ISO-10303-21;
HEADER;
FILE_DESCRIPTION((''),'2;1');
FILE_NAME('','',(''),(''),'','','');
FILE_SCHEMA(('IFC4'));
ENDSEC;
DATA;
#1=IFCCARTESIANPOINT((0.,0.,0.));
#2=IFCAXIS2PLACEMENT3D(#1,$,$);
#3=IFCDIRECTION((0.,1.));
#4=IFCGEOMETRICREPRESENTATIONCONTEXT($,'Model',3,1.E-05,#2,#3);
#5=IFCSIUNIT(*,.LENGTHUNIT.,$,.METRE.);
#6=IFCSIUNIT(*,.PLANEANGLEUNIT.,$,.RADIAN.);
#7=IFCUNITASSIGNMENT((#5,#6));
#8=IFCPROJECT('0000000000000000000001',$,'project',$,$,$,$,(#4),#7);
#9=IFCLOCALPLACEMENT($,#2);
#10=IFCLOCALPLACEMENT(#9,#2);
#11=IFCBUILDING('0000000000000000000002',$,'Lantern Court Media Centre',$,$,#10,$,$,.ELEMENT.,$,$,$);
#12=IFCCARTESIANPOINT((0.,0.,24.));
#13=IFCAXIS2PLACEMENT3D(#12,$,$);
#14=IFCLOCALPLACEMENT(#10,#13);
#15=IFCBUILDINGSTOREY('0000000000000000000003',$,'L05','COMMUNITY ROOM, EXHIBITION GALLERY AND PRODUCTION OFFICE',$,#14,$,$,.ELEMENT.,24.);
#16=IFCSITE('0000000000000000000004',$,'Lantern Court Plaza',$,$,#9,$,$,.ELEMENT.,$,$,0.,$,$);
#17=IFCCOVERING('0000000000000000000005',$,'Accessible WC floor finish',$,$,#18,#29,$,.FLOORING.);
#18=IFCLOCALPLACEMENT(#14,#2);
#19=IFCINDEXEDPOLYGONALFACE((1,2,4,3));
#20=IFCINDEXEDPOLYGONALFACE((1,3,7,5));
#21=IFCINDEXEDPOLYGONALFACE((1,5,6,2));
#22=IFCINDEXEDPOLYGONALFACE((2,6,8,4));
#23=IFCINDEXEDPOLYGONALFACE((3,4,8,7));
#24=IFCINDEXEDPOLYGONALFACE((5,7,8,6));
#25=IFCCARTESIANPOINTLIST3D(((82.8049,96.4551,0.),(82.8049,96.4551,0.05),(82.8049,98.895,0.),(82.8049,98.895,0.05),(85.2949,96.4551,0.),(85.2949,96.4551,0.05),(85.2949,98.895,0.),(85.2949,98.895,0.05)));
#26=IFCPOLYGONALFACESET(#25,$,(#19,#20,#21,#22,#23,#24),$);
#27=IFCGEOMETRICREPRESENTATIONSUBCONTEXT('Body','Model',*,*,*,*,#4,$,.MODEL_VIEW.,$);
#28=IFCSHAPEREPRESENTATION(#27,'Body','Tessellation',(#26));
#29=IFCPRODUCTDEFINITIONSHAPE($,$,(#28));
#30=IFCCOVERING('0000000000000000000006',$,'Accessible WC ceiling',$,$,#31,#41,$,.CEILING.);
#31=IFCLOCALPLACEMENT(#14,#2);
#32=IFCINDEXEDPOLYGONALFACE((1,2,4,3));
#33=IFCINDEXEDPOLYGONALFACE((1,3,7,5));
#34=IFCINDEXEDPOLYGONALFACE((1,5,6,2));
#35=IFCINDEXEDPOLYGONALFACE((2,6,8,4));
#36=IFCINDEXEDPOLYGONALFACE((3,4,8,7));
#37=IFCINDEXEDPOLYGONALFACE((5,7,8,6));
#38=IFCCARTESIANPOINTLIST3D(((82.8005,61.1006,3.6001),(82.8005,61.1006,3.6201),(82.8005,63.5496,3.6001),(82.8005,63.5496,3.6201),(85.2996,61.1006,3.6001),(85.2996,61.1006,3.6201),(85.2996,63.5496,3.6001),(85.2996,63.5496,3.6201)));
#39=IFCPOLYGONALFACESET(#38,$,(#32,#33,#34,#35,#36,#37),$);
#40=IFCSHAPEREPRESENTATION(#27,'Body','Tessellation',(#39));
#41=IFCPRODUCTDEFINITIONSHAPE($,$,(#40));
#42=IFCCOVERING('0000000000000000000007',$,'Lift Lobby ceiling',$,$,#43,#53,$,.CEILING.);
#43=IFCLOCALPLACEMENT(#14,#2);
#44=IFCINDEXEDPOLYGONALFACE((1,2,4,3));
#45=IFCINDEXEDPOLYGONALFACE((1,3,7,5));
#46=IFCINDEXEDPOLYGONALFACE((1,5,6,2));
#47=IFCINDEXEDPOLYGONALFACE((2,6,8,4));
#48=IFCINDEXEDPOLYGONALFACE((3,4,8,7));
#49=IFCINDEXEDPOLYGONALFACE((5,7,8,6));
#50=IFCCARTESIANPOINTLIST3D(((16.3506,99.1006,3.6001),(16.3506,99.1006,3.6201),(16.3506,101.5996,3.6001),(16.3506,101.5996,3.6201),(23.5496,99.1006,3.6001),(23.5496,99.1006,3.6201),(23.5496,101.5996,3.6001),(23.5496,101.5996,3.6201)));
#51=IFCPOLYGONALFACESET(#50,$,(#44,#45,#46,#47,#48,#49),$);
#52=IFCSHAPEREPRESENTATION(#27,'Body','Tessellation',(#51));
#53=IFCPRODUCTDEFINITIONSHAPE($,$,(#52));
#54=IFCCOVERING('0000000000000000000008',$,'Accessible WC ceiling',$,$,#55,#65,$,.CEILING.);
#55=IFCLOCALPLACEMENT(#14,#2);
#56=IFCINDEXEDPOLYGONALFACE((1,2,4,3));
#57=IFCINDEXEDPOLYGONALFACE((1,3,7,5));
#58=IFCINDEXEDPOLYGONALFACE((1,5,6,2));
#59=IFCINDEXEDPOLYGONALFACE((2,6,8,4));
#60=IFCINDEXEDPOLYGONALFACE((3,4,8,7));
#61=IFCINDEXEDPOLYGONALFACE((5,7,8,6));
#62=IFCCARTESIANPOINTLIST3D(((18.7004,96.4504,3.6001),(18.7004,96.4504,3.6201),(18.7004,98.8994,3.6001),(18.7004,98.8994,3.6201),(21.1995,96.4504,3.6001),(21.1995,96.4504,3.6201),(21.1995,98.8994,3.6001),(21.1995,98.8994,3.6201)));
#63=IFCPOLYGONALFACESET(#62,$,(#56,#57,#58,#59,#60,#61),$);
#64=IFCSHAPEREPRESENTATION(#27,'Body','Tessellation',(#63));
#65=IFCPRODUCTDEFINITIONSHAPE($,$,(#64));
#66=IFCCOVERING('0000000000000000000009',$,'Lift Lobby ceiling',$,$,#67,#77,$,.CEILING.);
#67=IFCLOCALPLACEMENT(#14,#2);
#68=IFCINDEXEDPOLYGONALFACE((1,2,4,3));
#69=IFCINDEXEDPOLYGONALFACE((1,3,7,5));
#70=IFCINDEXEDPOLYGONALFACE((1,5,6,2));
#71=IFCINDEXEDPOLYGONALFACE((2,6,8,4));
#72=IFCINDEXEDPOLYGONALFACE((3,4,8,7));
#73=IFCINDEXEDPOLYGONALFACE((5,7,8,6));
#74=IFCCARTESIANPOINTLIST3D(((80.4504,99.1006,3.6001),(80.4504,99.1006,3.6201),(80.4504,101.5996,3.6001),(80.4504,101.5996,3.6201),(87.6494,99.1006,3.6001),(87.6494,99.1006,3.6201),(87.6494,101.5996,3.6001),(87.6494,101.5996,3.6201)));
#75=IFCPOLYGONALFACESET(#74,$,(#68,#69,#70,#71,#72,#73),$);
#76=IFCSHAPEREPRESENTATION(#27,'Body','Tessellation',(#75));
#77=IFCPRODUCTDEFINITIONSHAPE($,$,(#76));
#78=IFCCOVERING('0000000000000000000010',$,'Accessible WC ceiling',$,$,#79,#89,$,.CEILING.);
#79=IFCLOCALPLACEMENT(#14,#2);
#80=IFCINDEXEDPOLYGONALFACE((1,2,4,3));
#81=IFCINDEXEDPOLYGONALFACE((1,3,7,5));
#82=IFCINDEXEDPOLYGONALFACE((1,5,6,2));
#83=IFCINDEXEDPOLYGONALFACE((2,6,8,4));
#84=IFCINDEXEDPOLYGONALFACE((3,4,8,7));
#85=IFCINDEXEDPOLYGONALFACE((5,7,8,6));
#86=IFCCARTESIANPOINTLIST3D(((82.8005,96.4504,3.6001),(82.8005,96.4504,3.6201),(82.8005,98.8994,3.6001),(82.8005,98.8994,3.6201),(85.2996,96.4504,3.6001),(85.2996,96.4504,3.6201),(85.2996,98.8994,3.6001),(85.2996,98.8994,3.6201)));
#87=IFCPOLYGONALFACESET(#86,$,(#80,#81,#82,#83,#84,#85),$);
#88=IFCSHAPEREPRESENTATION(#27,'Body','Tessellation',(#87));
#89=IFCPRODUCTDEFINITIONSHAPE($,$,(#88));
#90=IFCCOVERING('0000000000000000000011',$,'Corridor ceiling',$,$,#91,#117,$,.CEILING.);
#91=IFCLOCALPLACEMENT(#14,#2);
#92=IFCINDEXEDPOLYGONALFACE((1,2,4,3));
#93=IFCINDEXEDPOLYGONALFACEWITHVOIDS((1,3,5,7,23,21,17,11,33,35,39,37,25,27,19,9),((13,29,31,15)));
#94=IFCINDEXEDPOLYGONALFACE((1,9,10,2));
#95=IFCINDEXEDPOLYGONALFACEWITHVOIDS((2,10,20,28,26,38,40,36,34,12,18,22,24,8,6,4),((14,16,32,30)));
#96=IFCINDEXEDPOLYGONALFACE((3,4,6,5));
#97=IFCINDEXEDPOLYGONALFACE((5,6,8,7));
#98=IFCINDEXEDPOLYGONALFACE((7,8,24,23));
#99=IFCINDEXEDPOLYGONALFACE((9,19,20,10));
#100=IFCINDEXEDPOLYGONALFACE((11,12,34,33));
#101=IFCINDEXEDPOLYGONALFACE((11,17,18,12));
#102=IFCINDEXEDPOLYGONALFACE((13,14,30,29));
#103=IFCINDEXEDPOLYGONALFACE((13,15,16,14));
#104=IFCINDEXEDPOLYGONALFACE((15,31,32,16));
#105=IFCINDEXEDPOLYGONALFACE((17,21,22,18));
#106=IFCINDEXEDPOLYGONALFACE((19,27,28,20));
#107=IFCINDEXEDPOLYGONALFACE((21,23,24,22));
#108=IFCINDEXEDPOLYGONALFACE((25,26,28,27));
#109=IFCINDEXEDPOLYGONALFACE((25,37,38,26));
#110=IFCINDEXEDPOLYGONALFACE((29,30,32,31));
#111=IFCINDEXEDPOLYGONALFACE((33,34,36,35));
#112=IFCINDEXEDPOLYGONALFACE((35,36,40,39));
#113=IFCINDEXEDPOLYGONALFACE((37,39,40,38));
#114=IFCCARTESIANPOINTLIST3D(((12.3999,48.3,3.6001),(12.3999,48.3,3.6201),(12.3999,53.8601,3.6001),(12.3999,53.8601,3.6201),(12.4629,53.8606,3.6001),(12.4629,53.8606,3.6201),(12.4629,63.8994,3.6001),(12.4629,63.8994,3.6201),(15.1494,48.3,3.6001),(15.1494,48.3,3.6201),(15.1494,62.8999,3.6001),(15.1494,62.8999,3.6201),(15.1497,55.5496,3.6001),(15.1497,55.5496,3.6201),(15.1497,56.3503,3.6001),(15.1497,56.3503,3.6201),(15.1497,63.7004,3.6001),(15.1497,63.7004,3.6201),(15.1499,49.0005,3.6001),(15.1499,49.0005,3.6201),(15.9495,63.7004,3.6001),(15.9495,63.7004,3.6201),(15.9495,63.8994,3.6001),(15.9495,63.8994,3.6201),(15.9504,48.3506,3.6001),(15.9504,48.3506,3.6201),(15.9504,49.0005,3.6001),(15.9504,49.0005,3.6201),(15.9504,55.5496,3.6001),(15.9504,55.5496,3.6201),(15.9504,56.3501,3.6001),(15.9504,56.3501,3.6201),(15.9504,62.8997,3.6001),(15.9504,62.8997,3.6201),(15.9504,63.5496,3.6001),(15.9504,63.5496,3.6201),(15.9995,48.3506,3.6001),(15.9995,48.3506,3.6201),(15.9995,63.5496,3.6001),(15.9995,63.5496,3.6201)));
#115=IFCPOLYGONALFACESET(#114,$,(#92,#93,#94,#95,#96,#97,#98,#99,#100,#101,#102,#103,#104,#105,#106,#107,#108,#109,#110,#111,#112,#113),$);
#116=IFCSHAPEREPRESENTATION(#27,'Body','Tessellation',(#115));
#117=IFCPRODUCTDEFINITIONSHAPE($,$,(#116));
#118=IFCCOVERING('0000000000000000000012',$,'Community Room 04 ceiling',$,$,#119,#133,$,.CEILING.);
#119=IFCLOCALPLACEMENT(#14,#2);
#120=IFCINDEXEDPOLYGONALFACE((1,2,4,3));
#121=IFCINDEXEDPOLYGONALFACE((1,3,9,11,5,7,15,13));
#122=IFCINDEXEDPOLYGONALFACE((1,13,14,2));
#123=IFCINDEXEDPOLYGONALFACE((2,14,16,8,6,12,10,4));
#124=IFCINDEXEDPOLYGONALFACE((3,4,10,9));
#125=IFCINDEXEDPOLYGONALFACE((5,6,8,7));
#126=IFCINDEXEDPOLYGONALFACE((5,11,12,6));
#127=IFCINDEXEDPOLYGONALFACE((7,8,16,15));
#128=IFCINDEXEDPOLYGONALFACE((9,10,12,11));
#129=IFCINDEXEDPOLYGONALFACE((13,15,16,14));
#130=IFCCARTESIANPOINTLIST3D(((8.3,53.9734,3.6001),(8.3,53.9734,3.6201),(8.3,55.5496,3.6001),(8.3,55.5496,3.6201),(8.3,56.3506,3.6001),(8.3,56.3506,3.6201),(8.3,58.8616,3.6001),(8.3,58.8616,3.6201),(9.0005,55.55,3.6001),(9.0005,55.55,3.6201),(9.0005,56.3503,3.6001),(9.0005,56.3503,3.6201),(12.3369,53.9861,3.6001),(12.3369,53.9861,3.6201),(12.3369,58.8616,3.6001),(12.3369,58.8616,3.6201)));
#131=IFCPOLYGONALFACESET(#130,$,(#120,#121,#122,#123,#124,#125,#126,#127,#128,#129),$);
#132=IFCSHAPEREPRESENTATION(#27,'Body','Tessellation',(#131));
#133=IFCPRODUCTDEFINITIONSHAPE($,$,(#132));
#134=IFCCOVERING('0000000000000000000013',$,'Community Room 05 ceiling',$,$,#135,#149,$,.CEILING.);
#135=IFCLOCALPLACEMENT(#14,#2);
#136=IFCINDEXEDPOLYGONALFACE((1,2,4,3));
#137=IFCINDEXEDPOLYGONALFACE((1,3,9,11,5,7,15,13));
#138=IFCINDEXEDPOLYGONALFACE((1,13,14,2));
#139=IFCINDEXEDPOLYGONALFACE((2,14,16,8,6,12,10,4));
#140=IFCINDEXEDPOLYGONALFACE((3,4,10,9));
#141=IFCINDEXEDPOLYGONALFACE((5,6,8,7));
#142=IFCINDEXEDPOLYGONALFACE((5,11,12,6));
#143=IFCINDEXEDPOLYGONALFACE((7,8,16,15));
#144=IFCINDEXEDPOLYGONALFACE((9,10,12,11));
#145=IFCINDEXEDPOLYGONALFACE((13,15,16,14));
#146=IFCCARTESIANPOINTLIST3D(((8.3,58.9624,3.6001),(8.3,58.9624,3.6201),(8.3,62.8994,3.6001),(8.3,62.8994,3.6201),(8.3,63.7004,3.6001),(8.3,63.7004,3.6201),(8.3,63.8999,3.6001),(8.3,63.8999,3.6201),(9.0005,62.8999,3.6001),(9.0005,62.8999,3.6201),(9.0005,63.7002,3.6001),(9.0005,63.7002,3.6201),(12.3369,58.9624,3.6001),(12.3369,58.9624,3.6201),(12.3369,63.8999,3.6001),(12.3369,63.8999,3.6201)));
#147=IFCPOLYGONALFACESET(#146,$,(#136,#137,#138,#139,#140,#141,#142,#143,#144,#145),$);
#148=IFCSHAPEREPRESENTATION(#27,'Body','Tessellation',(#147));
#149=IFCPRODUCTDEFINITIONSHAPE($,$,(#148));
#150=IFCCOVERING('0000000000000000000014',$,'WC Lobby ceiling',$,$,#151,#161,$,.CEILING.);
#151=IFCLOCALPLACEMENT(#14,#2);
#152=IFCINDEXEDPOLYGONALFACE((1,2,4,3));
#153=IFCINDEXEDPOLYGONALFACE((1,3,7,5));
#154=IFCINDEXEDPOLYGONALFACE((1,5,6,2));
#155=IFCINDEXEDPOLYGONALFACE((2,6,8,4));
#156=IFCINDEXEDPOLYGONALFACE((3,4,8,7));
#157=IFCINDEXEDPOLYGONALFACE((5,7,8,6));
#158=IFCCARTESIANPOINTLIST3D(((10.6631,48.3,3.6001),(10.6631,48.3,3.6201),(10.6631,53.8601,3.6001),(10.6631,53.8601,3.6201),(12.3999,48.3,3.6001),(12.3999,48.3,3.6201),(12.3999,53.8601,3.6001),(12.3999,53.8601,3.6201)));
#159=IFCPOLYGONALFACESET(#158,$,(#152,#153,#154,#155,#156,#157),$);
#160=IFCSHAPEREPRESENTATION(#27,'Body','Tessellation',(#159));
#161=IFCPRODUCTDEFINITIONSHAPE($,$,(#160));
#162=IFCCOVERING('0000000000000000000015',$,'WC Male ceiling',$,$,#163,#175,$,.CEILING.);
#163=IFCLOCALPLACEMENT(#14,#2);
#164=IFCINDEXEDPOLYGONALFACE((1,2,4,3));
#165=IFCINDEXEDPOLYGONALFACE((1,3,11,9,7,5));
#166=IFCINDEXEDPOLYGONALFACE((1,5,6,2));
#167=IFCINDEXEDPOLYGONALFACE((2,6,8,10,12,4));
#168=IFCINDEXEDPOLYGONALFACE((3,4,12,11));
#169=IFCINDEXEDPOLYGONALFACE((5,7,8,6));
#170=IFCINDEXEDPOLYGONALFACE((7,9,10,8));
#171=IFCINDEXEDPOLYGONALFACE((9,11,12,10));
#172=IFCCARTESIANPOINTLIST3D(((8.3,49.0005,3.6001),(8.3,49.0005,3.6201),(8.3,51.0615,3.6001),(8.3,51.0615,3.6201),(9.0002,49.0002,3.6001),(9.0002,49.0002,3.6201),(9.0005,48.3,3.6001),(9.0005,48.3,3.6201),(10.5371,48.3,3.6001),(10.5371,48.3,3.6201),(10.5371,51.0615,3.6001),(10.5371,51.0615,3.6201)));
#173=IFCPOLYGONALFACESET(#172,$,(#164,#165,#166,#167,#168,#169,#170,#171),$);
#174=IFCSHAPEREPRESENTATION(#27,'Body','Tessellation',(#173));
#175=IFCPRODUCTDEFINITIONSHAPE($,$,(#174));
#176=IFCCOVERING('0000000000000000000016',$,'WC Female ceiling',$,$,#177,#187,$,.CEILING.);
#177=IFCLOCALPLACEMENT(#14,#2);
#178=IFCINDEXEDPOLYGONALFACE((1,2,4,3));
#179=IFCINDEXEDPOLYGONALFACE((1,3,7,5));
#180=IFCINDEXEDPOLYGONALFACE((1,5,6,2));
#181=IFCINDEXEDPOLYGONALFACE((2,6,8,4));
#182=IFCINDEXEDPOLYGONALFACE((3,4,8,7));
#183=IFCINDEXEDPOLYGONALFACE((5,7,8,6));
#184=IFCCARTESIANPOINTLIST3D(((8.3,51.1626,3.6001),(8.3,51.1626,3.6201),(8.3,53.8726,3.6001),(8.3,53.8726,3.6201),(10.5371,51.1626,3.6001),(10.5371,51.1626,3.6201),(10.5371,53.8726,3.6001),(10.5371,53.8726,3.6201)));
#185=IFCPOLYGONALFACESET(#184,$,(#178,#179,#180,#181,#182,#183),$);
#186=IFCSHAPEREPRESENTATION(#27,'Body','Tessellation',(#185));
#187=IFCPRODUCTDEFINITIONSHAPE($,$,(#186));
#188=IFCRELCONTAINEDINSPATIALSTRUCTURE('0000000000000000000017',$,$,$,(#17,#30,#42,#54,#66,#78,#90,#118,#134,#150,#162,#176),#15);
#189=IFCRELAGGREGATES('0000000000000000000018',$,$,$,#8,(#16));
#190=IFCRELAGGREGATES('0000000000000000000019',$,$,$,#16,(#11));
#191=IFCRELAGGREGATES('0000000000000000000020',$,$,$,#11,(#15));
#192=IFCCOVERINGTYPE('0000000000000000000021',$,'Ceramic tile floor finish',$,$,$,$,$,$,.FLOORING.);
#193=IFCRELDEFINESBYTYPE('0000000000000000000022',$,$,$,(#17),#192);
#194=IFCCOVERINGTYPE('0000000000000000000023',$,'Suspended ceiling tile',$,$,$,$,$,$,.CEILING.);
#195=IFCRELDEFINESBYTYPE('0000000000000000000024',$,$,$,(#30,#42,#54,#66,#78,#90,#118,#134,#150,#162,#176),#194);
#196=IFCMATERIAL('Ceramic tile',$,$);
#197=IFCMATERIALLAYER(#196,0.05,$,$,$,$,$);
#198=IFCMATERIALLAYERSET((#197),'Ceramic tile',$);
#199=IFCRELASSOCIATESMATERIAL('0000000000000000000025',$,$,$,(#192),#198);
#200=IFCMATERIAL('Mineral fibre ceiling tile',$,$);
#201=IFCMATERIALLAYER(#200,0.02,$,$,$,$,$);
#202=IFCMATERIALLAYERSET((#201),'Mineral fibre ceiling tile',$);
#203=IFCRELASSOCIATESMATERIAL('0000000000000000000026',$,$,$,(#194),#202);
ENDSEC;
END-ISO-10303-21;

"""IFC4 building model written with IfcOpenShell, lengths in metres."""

from ifc_helpers import new_model, si_unit, direction, frame, origin, place, context, subcontext, project, spatial, polyline, outline, extrude, material, layer, layer_set, type_object, element, save


model = new_model("IFC4")

# Units and contexts
model_context = context("Model", 3, precision=1e-05, world=origin(), true_north=direction((0.0, 1.0)))
body_context = subcontext(model_context, "Body", "Model", "MODEL_VIEW")
ifc_project = project(units=[si_unit("LENGTHUNIT", "METRE"), si_unit("PLANEANGLEUNIT", "RADIAN")], contexts=[model_context])

# Site, building, storey
site_placement = place(None, origin())
site = spatial("IfcSite", under=ifc_project, at=site_placement, Name="Lantern Court Plaza", CompositionType="ELEMENT", RefElevation=0.0)
building_placement = place(site_placement, origin())
building = spatial("IfcBuilding", under=site, at=building_placement, Name="Lantern Court Media Centre", CompositionType="ELEMENT")
storey_placement = place(building_placement, frame((0.0, 0.0, 24.0)))
storey = spatial("IfcBuildingStorey", under=building, at=storey_placement, Name="L05", Description="COMMUNITY ROOM, EXHIBITION GALLERY AND PRODUCTION OFFICE", CompositionType="ELEMENT", Elevation=24.0)

# Coverings
ifc_material_1 = material(Name="Ceramic tile")
ifc_layer_1 = layer(ifc_material_1, 0.05)
ifc_layer_set_1 = layer_set([ifc_layer_1], Name="Ceramic tile")
covering_type_1 = type_object("IfcCoveringType", Name="Ceramic tile floor finish", PredefinedType="FLOORING", material=ifc_layer_set_1)
covering_1_placement = place(storey_placement, origin())
element("IfcCovering", 1, at=covering_1_placement, inside=storey, type_object=covering_type_1, Name="Accessible WC floor finish", PredefinedType="FLOORING", context=body_context, shape_type="SweptSolid", body=[
    extrude(outline(polyline([(82.8049, 96.4551), (82.8049, 98.895), (85.2949, 98.895), (85.2949, 96.4551), (82.8049, 96.4551)])), origin(), (0.0, 0.0, 1.0), 0.05),
])
ifc_material_2 = material(Name="Mineral fibre ceiling tile")
ifc_layer_2 = layer(ifc_material_2, 0.02)
ifc_layer_set_2 = layer_set([ifc_layer_2], Name="Mineral fibre ceiling tile")
covering_type_2 = type_object("IfcCoveringType", Name="Suspended ceiling tile", PredefinedType="CEILING", material=ifc_layer_set_2)
covering_2_placement = place(storey_placement, frame((0.0, 0.0, 3.6001)))
element("IfcCovering", 2, at=covering_2_placement, inside=storey, type_object=covering_type_2, Name="Accessible WC ceiling", PredefinedType="CEILING", context=body_context, shape_type="SweptSolid", body=[
    extrude(outline(polyline([(85.2996, 61.1006), (82.8005, 61.1006), (82.8005, 63.5496), (85.2996, 63.5496), (85.2996, 61.1006)])), origin(), (0.0, 0.0, 1.0), 0.02),
])
covering_3_placement = place(storey_placement, frame((0.0, 0.0, 3.6001)))
element("IfcCovering", 3, at=covering_3_placement, inside=storey, type_object=covering_type_2, Name="Lift Lobby ceiling", PredefinedType="CEILING", context=body_context, shape_type="SweptSolid", body=[
    extrude(outline(polyline([(23.5496, 99.1006), (16.3506, 99.1006), (16.3506, 101.5996), (23.5496, 101.5996), (23.5496, 99.1006)])), origin(), (0.0, 0.0, 1.0), 0.02),
])
covering_4_placement = place(storey_placement, frame((0.0, 0.0, 3.6001)))
element("IfcCovering", 4, at=covering_4_placement, inside=storey, type_object=covering_type_2, Name="Accessible WC ceiling", PredefinedType="CEILING", context=body_context, shape_type="SweptSolid", body=[
    extrude(outline(polyline([(18.7004, 96.4504), (18.7004, 98.8994), (21.1995, 98.8994), (21.1995, 96.4504), (18.7004, 96.4504)])), origin(), (0.0, 0.0, 1.0), 0.02),
])
covering_5_placement = place(storey_placement, frame((0.0, 0.0, 3.6001)))
element("IfcCovering", 5, at=covering_5_placement, inside=storey, type_object=covering_type_2, Name="Lift Lobby ceiling", PredefinedType="CEILING", context=body_context, shape_type="SweptSolid", body=[
    extrude(outline(polyline([(87.6494, 99.1006), (80.4504, 99.1006), (80.4504, 101.5996), (87.6494, 101.5996), (87.6494, 99.1006)])), origin(), (0.0, 0.0, 1.0), 0.02),
])
covering_6_placement = place(storey_placement, frame((0.0, 0.0, 3.6001)))
element("IfcCovering", 6, at=covering_6_placement, inside=storey, type_object=covering_type_2, Name="Accessible WC ceiling", PredefinedType="CEILING", context=body_context, shape_type="SweptSolid", body=[
    extrude(outline(polyline([(82.8005, 96.4504), (82.8005, 98.8994), (85.2996, 98.8994), (85.2996, 96.4504), (82.8005, 96.4504)])), origin(), (0.0, 0.0, 1.0), 0.02),
])
covering_7_placement = place(storey_placement, frame((0.0, 0.0, 3.6001)))
element("IfcCovering", 7, at=covering_7_placement, inside=storey, type_object=covering_type_2, Name="Corridor ceiling", PredefinedType="CEILING", context=body_context, shape_type="SweptSolid", body=[
    extrude(outline(polyline([(12.3999, 48.3), (12.3999, 53.8601), (12.4629, 53.8606), (12.4629, 63.8994), (15.9495, 63.8994), (15.9495, 63.7004), (15.1497, 63.7004), (15.1494, 62.8999), (15.9504, 62.8997), (15.9504, 63.5496), (15.9995, 63.5496), (15.9995, 48.3506), (15.9504, 48.3506), (15.9504, 49.0005), (15.1499, 49.0005), (15.1494, 48.3), (12.3999, 48.3)]), holes=[polyline([(15.9504, 56.3501), (15.1497, 56.3503), (15.1497, 55.5496), (15.9504, 55.5496), (15.9504, 56.3501)])]), origin(), (0.0, 0.0, 1.0), 0.02),
])
covering_8_placement = place(storey_placement, frame((0.0, 0.0, 3.6001)))
element("IfcCovering", 8, at=covering_8_placement, inside=storey, type_object=covering_type_2, Name="Community Room 04 ceiling", PredefinedType="CEILING", context=body_context, shape_type="SweptSolid", body=[
    extrude(outline(polyline([(8.3, 58.8616), (12.3369, 58.8616), (12.3369, 53.9861), (8.3, 53.9734), (8.3, 55.5496), (9.0005, 55.55), (9.0005, 56.3503), (8.3, 56.3506), (8.3, 58.8616)])), origin(), (0.0, 0.0, 1.0), 0.02),
])
covering_9_placement = place(storey_placement, frame((0.0, 0.0, 3.6001)))
element("IfcCovering", 9, at=covering_9_placement, inside=storey, type_object=covering_type_2, Name="Community Room 05 ceiling", PredefinedType="CEILING", context=body_context, shape_type="SweptSolid", body=[
    extrude(outline(polyline([(8.3, 63.8999), (12.3369, 63.8999), (12.3369, 58.9624), (8.3, 58.9624), (8.3, 62.8994), (9.0005, 62.8999), (9.0005, 63.7002), (8.3, 63.7004), (8.3, 63.8999)])), origin(), (0.0, 0.0, 1.0), 0.02),
])
covering_10_placement = place(storey_placement, frame((0.0, 0.0, 3.6001)))
element("IfcCovering", 10, at=covering_10_placement, inside=storey, type_object=covering_type_2, Name="WC Lobby ceiling", PredefinedType="CEILING", context=body_context, shape_type="SweptSolid", body=[
    extrude(outline(polyline([(12.3999, 48.3), (10.6631, 48.3), (10.6631, 53.8601), (12.3999, 53.8601), (12.3999, 48.3)])), origin(), (0.0, 0.0, 1.0), 0.02),
])
covering_11_placement = place(storey_placement, frame((0.0, 0.0, 3.6001)))
element("IfcCovering", 11, at=covering_11_placement, inside=storey, type_object=covering_type_2, Name="WC Male ceiling", PredefinedType="CEILING", context=body_context, shape_type="SweptSolid", body=[
    extrude(outline(polyline([(8.3, 51.0615), (10.5371, 51.0615), (10.5371, 48.3), (9.0005, 48.3), (9.0002, 49.0002), (8.3, 49.0005), (8.3, 51.0615)])), origin(), (0.0, 0.0, 1.0), 0.02),
])
covering_12_placement = place(storey_placement, frame((0.0, 0.0, 3.6001)))
element("IfcCovering", 12, at=covering_12_placement, inside=storey, type_object=covering_type_2, Name="WC Female ceiling", PredefinedType="CEILING", context=body_context, shape_type="SweptSolid", body=[
    extrude(outline(polyline([(8.3, 53.8726), (10.5371, 53.8726), (10.5371, 51.1626), (8.3, 51.1626), (8.3, 53.8726)])), origin(), (0.0, 0.0, 1.0), 0.02),
])

save(model, "model.ifc")
